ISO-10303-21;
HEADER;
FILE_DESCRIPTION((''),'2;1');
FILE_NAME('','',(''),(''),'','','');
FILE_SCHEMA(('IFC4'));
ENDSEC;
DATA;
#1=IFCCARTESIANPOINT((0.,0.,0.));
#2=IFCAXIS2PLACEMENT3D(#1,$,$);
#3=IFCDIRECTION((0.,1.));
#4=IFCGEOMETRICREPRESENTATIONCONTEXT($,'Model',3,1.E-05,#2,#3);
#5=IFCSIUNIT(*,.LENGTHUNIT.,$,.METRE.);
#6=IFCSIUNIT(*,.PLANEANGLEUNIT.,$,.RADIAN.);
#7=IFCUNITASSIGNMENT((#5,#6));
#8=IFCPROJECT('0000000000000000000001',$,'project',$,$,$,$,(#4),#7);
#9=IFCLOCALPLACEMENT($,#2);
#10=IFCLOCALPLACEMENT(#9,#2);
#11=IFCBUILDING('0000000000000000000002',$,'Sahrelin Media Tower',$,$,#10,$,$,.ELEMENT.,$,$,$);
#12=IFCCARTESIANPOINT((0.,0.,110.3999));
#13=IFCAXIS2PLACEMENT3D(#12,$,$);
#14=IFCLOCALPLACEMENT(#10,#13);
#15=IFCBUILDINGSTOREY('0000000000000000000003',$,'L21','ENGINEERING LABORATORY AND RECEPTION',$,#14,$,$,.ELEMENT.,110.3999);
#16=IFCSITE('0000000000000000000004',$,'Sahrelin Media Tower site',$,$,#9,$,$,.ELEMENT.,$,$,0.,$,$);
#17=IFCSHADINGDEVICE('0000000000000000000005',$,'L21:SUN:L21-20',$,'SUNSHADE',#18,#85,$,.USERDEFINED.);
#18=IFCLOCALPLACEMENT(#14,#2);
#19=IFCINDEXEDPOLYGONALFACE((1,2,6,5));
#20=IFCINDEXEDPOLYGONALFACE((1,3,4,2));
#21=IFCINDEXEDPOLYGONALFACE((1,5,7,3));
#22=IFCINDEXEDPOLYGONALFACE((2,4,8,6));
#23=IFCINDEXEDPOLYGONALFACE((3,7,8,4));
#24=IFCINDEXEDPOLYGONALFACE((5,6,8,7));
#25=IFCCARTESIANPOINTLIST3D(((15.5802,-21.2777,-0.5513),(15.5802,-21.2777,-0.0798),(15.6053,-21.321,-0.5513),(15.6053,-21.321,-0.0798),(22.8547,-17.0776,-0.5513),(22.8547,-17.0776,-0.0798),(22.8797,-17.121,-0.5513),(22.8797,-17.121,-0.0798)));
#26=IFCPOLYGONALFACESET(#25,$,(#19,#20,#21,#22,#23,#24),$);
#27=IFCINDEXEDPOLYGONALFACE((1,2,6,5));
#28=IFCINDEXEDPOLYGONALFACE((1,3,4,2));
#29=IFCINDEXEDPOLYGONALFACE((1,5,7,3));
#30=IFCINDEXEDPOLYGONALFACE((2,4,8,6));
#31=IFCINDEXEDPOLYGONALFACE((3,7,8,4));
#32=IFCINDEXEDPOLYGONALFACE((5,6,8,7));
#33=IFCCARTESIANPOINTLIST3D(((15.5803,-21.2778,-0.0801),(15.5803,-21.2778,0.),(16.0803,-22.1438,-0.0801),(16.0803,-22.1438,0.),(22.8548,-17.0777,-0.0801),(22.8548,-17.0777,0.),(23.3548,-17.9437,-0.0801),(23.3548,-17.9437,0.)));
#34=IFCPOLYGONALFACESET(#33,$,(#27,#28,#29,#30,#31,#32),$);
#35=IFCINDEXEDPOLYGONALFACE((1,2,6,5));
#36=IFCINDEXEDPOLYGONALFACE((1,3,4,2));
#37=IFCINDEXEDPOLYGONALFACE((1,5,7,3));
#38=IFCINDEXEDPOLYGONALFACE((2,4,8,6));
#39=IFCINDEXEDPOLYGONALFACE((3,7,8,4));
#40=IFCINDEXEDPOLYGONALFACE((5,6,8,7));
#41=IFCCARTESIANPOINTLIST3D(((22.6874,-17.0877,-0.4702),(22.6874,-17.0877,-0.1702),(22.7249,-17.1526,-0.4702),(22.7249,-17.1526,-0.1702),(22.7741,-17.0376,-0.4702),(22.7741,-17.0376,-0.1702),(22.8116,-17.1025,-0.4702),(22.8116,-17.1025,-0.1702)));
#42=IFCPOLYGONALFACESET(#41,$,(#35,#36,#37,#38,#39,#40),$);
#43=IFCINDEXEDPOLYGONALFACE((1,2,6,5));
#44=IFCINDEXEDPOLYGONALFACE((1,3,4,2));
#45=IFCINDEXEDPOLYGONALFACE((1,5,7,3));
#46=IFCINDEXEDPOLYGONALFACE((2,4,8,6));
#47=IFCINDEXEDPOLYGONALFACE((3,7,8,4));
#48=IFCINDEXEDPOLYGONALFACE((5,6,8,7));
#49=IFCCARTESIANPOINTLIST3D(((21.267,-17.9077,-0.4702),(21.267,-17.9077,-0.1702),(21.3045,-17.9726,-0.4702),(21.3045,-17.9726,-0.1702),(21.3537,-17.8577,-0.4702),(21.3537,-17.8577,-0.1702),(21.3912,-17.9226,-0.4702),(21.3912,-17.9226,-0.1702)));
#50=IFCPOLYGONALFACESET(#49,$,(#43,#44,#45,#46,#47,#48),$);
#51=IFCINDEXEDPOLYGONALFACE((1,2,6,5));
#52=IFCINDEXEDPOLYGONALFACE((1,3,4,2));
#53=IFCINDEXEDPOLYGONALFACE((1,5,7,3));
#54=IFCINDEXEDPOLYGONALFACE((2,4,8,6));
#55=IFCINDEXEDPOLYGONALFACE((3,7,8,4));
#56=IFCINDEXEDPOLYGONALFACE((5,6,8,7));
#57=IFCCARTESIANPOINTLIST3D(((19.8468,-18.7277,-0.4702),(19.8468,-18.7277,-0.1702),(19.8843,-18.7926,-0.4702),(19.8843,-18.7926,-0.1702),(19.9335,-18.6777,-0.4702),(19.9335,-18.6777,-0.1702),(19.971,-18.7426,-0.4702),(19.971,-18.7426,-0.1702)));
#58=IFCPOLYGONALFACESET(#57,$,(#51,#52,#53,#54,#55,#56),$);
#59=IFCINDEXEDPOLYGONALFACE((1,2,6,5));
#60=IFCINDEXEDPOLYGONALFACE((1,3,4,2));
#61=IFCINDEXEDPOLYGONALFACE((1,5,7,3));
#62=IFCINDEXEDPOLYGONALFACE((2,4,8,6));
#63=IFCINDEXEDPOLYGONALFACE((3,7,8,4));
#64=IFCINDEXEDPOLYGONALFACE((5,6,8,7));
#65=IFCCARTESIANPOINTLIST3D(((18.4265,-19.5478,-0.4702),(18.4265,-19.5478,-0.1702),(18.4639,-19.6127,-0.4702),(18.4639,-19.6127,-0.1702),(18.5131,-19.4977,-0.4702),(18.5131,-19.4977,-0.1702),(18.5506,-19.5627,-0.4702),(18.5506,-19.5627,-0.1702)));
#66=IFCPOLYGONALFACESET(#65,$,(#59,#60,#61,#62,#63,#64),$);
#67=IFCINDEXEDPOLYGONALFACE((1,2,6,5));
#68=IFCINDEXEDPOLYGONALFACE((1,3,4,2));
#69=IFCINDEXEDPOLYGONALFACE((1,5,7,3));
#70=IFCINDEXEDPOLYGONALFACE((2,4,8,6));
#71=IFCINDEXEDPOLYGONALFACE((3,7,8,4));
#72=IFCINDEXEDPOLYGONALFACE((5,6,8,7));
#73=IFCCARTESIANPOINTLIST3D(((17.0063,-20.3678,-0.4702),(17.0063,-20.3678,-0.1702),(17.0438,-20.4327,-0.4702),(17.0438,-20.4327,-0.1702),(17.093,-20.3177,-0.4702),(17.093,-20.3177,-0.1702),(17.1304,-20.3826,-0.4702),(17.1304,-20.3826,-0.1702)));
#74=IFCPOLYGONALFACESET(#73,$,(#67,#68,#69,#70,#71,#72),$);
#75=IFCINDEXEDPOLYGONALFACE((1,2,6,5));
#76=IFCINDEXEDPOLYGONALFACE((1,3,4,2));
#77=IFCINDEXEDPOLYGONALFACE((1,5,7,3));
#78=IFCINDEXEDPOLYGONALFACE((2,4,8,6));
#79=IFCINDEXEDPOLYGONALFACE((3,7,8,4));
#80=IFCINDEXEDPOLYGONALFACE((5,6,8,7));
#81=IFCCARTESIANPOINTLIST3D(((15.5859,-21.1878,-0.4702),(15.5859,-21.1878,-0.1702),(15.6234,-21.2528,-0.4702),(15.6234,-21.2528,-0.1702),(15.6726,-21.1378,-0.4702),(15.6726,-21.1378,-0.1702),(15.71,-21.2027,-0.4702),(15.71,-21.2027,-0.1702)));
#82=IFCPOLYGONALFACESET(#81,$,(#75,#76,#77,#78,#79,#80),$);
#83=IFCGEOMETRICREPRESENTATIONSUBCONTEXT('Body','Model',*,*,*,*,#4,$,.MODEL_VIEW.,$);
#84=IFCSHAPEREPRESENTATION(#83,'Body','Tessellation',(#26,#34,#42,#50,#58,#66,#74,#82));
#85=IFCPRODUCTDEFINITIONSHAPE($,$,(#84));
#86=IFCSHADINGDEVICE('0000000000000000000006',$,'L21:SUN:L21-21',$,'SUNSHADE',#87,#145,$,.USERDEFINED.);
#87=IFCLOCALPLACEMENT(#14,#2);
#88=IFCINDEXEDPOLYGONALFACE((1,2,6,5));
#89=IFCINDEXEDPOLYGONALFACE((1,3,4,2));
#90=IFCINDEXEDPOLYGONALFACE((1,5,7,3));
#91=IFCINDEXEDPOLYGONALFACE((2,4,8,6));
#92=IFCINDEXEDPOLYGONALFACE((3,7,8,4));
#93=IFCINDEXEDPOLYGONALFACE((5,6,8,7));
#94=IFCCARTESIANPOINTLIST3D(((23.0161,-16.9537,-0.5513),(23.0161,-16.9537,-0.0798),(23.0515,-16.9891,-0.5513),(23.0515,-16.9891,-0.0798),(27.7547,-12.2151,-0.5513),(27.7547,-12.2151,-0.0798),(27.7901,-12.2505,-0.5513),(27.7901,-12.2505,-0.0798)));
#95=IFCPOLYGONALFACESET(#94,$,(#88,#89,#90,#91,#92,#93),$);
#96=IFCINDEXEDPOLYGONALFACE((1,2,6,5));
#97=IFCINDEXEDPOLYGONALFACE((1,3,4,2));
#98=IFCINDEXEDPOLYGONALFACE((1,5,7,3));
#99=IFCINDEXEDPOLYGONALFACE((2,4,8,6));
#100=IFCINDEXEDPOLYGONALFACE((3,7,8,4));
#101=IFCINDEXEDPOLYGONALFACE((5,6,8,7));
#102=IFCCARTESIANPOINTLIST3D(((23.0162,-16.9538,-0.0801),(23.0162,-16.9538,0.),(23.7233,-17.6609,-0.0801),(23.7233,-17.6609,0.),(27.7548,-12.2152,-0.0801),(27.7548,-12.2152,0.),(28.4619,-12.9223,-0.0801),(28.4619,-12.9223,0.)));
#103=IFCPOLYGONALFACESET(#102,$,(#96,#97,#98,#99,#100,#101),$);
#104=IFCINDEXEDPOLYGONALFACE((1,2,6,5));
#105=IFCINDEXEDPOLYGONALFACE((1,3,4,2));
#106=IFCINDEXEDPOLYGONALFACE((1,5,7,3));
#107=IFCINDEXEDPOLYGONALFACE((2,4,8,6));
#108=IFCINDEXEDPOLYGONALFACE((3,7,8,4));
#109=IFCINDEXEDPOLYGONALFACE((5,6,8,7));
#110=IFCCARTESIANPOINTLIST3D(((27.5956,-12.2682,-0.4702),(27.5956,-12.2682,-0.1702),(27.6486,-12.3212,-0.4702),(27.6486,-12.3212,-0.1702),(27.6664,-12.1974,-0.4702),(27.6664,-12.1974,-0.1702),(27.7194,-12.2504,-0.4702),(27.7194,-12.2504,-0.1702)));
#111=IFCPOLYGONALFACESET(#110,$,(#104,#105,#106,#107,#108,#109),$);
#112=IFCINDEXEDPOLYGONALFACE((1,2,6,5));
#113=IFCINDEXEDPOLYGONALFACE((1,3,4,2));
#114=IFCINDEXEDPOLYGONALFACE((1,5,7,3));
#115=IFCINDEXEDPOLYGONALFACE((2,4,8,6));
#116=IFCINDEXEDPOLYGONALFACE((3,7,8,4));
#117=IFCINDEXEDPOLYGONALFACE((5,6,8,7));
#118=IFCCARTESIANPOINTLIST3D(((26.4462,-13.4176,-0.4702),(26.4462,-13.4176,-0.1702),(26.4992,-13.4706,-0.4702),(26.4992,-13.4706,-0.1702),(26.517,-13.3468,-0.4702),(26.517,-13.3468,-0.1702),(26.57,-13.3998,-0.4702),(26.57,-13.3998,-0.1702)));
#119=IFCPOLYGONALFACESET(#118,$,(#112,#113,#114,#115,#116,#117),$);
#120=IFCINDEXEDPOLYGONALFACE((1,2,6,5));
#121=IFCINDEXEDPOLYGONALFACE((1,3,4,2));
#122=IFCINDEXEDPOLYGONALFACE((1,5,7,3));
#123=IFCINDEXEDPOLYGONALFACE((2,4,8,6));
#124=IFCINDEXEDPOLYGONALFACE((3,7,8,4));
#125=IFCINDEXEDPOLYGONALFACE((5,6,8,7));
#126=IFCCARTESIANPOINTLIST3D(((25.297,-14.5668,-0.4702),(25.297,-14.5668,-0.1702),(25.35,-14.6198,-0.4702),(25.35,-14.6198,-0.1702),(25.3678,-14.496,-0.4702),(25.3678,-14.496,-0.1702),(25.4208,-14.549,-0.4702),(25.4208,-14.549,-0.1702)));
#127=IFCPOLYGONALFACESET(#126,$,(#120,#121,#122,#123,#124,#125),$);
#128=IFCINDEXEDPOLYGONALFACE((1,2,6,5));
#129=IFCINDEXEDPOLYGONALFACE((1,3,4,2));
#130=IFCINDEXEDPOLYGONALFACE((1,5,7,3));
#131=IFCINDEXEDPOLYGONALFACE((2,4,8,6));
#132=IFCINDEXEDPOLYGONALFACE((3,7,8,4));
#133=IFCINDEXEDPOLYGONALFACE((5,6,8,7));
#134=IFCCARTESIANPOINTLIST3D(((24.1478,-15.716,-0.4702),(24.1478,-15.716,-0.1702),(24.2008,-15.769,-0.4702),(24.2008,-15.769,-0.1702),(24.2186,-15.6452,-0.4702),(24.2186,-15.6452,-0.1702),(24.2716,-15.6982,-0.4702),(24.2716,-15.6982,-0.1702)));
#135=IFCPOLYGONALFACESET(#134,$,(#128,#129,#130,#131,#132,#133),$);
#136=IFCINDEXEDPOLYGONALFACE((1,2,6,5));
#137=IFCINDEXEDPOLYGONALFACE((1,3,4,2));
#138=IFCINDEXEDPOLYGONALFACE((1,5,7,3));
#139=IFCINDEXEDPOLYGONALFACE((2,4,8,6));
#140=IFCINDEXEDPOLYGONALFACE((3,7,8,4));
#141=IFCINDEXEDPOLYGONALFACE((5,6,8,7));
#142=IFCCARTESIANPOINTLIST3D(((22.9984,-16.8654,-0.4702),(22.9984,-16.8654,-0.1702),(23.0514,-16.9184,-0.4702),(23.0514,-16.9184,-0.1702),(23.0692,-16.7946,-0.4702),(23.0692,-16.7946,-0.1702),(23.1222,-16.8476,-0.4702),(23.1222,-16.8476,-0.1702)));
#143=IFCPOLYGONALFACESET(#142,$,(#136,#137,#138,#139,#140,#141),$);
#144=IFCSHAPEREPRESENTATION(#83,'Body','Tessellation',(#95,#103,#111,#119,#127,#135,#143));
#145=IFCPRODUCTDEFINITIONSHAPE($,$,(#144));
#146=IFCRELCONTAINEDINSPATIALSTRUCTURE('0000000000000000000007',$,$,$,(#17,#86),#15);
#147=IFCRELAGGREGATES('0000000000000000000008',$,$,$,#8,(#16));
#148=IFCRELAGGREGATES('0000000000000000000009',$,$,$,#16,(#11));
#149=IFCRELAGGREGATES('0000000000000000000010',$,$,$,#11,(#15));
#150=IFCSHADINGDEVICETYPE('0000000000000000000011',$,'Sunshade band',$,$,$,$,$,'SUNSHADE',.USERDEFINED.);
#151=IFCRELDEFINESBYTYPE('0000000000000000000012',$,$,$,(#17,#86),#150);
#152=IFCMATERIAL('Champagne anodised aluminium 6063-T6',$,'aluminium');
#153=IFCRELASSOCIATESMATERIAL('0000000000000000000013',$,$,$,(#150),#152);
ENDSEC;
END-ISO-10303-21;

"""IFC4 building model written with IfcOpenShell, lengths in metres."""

from ifc_helpers import new_model, si_unit, direction, frame, origin, origin_2d, place, context, subcontext, project, spatial, rectangle, extrude, material, type_object, element, save


model = new_model("IFC4")

# Units and contexts
model_context = context("Model", 3, precision=1e-05, world=origin(), true_north=direction((0.0, 1.0)))
body_context = subcontext(model_context, "Body", "Model", "MODEL_VIEW")
ifc_project = project(units=[si_unit("LENGTHUNIT", "METRE"), si_unit("PLANEANGLEUNIT", "RADIAN")], contexts=[model_context])

# Site, building, storey
site_placement = place(None, origin())
site = spatial("IfcSite", under=ifc_project, at=site_placement, Name="Sahrelin Media Tower site", CompositionType="ELEMENT", RefElevation=0.0)
building_placement = place(site_placement, origin())
building = spatial("IfcBuilding", under=site, at=building_placement, Name="Sahrelin Media Tower", CompositionType="ELEMENT")
storey_placement = place(building_placement, frame((0.0, 0.0, 110.3999)))
storey = spatial("IfcBuildingStorey", under=building, at=storey_placement, Name="L21", Description="ENGINEERING LABORATORY AND RECEPTION", CompositionType="ELEMENT", Elevation=110.3999)

# Shared definitions
ifc_material_1 = material(Name="Champagne anodised aluminium 6063-T6", Category="aluminium")

# Shading devices
placement_1 = place(storey_placement, frame((19.2075, -19.1604, 0.0), z_axis=(0.0, 0.0, 1.0), x_axis=(-0.866019, -0.500011, 0.0)))
placement_2 = place(storey_placement, frame((25.3713, -14.5703, 0.0), z_axis=(0.0, 0.0, 1.0), x_axis=(-0.707107, -0.707107, 0.0)))
shading_device_type_1 = type_object("IfcShadingDeviceType", Name="Sunshade band", ElementType="SUNSHADE", PredefinedType="USERDEFINED", material=ifc_material_1)
element("IfcShadingDevice", 1, at=placement_1, inside=storey, type_object=shading_device_type_1, Name="L21:SUN:L21-20", ObjectType="SUNSHADE", PredefinedType="USERDEFINED", context=body_context, shape_type="SweptSolid", body=[
    extrude(rectangle(XDim=8.3999, YDim=0.05, at=origin_2d()), frame((0.0, 0.0449, -0.5513)), (0.0, 0.0, 1.0), 0.4714),
    extrude(rectangle(XDim=8.3999, YDim=1.0, at=origin_2d()), frame((0.0, 0.52, -0.0801)), (0.0, 0.0, 1.0), 0.0801),
    extrude(rectangle(XDim=0.1001, YDim=0.075, at=origin_2d()), frame((-4.1001, -0.0176, -0.4702)), (0.0, 0.0, 1.0), 0.3),
    extrude(rectangle(XDim=0.1001, YDim=0.075, at=origin_2d()), frame((-2.46, -0.0176, -0.4702)), (0.0, 0.0, 1.0), 0.3),
    extrude(rectangle(XDim=0.1001, YDim=0.075, at=origin_2d()), frame((-0.8201, -0.0176, -0.4702)), (0.0, 0.0, 1.0), 0.3),
    extrude(rectangle(XDim=0.1001, YDim=0.075, at=origin_2d()), frame((0.8201, -0.0176, -0.4702)), (0.0, 0.0, 1.0), 0.3),
    extrude(rectangle(XDim=0.1001, YDim=0.075, at=origin_2d()), frame((2.46, -0.0176, -0.4702)), (0.0, 0.0, 1.0), 0.3),
    extrude(rectangle(XDim=0.1001, YDim=0.075, at=origin_2d()), frame((4.1001, -0.0176, -0.4702)), (0.0, 0.0, 1.0), 0.3),
])
element("IfcShadingDevice", 2, at=placement_2, inside=storey, type_object=shading_device_type_1, Name="L21:SUN:L21-21", ObjectType="SUNSHADE", PredefinedType="USERDEFINED", context=body_context, shape_type="SweptSolid", body=[
    extrude(rectangle(XDim=6.7014, YDim=0.05, at=origin_2d()), frame((0.0, 0.0449, -0.5513)), (0.0, 0.0, 1.0), 0.4714),
    extrude(rectangle(XDim=6.7014, YDim=1.0, at=origin_2d()), frame((0.0, 0.52, -0.0801)), (0.0, 0.0, 1.0), 0.0801),
    extrude(rectangle(XDim=0.1001, YDim=0.075, at=origin_2d()), frame((-3.2507, -0.0176, -0.4702)), (0.0, 0.0, 1.0), 0.3),
    extrude(rectangle(XDim=0.1001, YDim=0.075, at=origin_2d()), frame((-1.6252, -0.0176, -0.4702)), (0.0, 0.0, 1.0), 0.3),
    extrude(rectangle(XDim=0.1001, YDim=0.075, at=origin_2d()), frame((0.0, -0.0176, -0.4702)), (0.0, 0.0, 1.0), 0.3),
    extrude(rectangle(XDim=0.1001, YDim=0.075, at=origin_2d()), frame((1.6252, -0.0176, -0.4702)), (0.0, 0.0, 1.0), 0.3),
    extrude(rectangle(XDim=0.1001, YDim=0.075, at=origin_2d()), frame((3.2507, -0.0176, -0.4702)), (0.0, 0.0, 1.0), 0.3),
])

save(model, "model.ifc")
